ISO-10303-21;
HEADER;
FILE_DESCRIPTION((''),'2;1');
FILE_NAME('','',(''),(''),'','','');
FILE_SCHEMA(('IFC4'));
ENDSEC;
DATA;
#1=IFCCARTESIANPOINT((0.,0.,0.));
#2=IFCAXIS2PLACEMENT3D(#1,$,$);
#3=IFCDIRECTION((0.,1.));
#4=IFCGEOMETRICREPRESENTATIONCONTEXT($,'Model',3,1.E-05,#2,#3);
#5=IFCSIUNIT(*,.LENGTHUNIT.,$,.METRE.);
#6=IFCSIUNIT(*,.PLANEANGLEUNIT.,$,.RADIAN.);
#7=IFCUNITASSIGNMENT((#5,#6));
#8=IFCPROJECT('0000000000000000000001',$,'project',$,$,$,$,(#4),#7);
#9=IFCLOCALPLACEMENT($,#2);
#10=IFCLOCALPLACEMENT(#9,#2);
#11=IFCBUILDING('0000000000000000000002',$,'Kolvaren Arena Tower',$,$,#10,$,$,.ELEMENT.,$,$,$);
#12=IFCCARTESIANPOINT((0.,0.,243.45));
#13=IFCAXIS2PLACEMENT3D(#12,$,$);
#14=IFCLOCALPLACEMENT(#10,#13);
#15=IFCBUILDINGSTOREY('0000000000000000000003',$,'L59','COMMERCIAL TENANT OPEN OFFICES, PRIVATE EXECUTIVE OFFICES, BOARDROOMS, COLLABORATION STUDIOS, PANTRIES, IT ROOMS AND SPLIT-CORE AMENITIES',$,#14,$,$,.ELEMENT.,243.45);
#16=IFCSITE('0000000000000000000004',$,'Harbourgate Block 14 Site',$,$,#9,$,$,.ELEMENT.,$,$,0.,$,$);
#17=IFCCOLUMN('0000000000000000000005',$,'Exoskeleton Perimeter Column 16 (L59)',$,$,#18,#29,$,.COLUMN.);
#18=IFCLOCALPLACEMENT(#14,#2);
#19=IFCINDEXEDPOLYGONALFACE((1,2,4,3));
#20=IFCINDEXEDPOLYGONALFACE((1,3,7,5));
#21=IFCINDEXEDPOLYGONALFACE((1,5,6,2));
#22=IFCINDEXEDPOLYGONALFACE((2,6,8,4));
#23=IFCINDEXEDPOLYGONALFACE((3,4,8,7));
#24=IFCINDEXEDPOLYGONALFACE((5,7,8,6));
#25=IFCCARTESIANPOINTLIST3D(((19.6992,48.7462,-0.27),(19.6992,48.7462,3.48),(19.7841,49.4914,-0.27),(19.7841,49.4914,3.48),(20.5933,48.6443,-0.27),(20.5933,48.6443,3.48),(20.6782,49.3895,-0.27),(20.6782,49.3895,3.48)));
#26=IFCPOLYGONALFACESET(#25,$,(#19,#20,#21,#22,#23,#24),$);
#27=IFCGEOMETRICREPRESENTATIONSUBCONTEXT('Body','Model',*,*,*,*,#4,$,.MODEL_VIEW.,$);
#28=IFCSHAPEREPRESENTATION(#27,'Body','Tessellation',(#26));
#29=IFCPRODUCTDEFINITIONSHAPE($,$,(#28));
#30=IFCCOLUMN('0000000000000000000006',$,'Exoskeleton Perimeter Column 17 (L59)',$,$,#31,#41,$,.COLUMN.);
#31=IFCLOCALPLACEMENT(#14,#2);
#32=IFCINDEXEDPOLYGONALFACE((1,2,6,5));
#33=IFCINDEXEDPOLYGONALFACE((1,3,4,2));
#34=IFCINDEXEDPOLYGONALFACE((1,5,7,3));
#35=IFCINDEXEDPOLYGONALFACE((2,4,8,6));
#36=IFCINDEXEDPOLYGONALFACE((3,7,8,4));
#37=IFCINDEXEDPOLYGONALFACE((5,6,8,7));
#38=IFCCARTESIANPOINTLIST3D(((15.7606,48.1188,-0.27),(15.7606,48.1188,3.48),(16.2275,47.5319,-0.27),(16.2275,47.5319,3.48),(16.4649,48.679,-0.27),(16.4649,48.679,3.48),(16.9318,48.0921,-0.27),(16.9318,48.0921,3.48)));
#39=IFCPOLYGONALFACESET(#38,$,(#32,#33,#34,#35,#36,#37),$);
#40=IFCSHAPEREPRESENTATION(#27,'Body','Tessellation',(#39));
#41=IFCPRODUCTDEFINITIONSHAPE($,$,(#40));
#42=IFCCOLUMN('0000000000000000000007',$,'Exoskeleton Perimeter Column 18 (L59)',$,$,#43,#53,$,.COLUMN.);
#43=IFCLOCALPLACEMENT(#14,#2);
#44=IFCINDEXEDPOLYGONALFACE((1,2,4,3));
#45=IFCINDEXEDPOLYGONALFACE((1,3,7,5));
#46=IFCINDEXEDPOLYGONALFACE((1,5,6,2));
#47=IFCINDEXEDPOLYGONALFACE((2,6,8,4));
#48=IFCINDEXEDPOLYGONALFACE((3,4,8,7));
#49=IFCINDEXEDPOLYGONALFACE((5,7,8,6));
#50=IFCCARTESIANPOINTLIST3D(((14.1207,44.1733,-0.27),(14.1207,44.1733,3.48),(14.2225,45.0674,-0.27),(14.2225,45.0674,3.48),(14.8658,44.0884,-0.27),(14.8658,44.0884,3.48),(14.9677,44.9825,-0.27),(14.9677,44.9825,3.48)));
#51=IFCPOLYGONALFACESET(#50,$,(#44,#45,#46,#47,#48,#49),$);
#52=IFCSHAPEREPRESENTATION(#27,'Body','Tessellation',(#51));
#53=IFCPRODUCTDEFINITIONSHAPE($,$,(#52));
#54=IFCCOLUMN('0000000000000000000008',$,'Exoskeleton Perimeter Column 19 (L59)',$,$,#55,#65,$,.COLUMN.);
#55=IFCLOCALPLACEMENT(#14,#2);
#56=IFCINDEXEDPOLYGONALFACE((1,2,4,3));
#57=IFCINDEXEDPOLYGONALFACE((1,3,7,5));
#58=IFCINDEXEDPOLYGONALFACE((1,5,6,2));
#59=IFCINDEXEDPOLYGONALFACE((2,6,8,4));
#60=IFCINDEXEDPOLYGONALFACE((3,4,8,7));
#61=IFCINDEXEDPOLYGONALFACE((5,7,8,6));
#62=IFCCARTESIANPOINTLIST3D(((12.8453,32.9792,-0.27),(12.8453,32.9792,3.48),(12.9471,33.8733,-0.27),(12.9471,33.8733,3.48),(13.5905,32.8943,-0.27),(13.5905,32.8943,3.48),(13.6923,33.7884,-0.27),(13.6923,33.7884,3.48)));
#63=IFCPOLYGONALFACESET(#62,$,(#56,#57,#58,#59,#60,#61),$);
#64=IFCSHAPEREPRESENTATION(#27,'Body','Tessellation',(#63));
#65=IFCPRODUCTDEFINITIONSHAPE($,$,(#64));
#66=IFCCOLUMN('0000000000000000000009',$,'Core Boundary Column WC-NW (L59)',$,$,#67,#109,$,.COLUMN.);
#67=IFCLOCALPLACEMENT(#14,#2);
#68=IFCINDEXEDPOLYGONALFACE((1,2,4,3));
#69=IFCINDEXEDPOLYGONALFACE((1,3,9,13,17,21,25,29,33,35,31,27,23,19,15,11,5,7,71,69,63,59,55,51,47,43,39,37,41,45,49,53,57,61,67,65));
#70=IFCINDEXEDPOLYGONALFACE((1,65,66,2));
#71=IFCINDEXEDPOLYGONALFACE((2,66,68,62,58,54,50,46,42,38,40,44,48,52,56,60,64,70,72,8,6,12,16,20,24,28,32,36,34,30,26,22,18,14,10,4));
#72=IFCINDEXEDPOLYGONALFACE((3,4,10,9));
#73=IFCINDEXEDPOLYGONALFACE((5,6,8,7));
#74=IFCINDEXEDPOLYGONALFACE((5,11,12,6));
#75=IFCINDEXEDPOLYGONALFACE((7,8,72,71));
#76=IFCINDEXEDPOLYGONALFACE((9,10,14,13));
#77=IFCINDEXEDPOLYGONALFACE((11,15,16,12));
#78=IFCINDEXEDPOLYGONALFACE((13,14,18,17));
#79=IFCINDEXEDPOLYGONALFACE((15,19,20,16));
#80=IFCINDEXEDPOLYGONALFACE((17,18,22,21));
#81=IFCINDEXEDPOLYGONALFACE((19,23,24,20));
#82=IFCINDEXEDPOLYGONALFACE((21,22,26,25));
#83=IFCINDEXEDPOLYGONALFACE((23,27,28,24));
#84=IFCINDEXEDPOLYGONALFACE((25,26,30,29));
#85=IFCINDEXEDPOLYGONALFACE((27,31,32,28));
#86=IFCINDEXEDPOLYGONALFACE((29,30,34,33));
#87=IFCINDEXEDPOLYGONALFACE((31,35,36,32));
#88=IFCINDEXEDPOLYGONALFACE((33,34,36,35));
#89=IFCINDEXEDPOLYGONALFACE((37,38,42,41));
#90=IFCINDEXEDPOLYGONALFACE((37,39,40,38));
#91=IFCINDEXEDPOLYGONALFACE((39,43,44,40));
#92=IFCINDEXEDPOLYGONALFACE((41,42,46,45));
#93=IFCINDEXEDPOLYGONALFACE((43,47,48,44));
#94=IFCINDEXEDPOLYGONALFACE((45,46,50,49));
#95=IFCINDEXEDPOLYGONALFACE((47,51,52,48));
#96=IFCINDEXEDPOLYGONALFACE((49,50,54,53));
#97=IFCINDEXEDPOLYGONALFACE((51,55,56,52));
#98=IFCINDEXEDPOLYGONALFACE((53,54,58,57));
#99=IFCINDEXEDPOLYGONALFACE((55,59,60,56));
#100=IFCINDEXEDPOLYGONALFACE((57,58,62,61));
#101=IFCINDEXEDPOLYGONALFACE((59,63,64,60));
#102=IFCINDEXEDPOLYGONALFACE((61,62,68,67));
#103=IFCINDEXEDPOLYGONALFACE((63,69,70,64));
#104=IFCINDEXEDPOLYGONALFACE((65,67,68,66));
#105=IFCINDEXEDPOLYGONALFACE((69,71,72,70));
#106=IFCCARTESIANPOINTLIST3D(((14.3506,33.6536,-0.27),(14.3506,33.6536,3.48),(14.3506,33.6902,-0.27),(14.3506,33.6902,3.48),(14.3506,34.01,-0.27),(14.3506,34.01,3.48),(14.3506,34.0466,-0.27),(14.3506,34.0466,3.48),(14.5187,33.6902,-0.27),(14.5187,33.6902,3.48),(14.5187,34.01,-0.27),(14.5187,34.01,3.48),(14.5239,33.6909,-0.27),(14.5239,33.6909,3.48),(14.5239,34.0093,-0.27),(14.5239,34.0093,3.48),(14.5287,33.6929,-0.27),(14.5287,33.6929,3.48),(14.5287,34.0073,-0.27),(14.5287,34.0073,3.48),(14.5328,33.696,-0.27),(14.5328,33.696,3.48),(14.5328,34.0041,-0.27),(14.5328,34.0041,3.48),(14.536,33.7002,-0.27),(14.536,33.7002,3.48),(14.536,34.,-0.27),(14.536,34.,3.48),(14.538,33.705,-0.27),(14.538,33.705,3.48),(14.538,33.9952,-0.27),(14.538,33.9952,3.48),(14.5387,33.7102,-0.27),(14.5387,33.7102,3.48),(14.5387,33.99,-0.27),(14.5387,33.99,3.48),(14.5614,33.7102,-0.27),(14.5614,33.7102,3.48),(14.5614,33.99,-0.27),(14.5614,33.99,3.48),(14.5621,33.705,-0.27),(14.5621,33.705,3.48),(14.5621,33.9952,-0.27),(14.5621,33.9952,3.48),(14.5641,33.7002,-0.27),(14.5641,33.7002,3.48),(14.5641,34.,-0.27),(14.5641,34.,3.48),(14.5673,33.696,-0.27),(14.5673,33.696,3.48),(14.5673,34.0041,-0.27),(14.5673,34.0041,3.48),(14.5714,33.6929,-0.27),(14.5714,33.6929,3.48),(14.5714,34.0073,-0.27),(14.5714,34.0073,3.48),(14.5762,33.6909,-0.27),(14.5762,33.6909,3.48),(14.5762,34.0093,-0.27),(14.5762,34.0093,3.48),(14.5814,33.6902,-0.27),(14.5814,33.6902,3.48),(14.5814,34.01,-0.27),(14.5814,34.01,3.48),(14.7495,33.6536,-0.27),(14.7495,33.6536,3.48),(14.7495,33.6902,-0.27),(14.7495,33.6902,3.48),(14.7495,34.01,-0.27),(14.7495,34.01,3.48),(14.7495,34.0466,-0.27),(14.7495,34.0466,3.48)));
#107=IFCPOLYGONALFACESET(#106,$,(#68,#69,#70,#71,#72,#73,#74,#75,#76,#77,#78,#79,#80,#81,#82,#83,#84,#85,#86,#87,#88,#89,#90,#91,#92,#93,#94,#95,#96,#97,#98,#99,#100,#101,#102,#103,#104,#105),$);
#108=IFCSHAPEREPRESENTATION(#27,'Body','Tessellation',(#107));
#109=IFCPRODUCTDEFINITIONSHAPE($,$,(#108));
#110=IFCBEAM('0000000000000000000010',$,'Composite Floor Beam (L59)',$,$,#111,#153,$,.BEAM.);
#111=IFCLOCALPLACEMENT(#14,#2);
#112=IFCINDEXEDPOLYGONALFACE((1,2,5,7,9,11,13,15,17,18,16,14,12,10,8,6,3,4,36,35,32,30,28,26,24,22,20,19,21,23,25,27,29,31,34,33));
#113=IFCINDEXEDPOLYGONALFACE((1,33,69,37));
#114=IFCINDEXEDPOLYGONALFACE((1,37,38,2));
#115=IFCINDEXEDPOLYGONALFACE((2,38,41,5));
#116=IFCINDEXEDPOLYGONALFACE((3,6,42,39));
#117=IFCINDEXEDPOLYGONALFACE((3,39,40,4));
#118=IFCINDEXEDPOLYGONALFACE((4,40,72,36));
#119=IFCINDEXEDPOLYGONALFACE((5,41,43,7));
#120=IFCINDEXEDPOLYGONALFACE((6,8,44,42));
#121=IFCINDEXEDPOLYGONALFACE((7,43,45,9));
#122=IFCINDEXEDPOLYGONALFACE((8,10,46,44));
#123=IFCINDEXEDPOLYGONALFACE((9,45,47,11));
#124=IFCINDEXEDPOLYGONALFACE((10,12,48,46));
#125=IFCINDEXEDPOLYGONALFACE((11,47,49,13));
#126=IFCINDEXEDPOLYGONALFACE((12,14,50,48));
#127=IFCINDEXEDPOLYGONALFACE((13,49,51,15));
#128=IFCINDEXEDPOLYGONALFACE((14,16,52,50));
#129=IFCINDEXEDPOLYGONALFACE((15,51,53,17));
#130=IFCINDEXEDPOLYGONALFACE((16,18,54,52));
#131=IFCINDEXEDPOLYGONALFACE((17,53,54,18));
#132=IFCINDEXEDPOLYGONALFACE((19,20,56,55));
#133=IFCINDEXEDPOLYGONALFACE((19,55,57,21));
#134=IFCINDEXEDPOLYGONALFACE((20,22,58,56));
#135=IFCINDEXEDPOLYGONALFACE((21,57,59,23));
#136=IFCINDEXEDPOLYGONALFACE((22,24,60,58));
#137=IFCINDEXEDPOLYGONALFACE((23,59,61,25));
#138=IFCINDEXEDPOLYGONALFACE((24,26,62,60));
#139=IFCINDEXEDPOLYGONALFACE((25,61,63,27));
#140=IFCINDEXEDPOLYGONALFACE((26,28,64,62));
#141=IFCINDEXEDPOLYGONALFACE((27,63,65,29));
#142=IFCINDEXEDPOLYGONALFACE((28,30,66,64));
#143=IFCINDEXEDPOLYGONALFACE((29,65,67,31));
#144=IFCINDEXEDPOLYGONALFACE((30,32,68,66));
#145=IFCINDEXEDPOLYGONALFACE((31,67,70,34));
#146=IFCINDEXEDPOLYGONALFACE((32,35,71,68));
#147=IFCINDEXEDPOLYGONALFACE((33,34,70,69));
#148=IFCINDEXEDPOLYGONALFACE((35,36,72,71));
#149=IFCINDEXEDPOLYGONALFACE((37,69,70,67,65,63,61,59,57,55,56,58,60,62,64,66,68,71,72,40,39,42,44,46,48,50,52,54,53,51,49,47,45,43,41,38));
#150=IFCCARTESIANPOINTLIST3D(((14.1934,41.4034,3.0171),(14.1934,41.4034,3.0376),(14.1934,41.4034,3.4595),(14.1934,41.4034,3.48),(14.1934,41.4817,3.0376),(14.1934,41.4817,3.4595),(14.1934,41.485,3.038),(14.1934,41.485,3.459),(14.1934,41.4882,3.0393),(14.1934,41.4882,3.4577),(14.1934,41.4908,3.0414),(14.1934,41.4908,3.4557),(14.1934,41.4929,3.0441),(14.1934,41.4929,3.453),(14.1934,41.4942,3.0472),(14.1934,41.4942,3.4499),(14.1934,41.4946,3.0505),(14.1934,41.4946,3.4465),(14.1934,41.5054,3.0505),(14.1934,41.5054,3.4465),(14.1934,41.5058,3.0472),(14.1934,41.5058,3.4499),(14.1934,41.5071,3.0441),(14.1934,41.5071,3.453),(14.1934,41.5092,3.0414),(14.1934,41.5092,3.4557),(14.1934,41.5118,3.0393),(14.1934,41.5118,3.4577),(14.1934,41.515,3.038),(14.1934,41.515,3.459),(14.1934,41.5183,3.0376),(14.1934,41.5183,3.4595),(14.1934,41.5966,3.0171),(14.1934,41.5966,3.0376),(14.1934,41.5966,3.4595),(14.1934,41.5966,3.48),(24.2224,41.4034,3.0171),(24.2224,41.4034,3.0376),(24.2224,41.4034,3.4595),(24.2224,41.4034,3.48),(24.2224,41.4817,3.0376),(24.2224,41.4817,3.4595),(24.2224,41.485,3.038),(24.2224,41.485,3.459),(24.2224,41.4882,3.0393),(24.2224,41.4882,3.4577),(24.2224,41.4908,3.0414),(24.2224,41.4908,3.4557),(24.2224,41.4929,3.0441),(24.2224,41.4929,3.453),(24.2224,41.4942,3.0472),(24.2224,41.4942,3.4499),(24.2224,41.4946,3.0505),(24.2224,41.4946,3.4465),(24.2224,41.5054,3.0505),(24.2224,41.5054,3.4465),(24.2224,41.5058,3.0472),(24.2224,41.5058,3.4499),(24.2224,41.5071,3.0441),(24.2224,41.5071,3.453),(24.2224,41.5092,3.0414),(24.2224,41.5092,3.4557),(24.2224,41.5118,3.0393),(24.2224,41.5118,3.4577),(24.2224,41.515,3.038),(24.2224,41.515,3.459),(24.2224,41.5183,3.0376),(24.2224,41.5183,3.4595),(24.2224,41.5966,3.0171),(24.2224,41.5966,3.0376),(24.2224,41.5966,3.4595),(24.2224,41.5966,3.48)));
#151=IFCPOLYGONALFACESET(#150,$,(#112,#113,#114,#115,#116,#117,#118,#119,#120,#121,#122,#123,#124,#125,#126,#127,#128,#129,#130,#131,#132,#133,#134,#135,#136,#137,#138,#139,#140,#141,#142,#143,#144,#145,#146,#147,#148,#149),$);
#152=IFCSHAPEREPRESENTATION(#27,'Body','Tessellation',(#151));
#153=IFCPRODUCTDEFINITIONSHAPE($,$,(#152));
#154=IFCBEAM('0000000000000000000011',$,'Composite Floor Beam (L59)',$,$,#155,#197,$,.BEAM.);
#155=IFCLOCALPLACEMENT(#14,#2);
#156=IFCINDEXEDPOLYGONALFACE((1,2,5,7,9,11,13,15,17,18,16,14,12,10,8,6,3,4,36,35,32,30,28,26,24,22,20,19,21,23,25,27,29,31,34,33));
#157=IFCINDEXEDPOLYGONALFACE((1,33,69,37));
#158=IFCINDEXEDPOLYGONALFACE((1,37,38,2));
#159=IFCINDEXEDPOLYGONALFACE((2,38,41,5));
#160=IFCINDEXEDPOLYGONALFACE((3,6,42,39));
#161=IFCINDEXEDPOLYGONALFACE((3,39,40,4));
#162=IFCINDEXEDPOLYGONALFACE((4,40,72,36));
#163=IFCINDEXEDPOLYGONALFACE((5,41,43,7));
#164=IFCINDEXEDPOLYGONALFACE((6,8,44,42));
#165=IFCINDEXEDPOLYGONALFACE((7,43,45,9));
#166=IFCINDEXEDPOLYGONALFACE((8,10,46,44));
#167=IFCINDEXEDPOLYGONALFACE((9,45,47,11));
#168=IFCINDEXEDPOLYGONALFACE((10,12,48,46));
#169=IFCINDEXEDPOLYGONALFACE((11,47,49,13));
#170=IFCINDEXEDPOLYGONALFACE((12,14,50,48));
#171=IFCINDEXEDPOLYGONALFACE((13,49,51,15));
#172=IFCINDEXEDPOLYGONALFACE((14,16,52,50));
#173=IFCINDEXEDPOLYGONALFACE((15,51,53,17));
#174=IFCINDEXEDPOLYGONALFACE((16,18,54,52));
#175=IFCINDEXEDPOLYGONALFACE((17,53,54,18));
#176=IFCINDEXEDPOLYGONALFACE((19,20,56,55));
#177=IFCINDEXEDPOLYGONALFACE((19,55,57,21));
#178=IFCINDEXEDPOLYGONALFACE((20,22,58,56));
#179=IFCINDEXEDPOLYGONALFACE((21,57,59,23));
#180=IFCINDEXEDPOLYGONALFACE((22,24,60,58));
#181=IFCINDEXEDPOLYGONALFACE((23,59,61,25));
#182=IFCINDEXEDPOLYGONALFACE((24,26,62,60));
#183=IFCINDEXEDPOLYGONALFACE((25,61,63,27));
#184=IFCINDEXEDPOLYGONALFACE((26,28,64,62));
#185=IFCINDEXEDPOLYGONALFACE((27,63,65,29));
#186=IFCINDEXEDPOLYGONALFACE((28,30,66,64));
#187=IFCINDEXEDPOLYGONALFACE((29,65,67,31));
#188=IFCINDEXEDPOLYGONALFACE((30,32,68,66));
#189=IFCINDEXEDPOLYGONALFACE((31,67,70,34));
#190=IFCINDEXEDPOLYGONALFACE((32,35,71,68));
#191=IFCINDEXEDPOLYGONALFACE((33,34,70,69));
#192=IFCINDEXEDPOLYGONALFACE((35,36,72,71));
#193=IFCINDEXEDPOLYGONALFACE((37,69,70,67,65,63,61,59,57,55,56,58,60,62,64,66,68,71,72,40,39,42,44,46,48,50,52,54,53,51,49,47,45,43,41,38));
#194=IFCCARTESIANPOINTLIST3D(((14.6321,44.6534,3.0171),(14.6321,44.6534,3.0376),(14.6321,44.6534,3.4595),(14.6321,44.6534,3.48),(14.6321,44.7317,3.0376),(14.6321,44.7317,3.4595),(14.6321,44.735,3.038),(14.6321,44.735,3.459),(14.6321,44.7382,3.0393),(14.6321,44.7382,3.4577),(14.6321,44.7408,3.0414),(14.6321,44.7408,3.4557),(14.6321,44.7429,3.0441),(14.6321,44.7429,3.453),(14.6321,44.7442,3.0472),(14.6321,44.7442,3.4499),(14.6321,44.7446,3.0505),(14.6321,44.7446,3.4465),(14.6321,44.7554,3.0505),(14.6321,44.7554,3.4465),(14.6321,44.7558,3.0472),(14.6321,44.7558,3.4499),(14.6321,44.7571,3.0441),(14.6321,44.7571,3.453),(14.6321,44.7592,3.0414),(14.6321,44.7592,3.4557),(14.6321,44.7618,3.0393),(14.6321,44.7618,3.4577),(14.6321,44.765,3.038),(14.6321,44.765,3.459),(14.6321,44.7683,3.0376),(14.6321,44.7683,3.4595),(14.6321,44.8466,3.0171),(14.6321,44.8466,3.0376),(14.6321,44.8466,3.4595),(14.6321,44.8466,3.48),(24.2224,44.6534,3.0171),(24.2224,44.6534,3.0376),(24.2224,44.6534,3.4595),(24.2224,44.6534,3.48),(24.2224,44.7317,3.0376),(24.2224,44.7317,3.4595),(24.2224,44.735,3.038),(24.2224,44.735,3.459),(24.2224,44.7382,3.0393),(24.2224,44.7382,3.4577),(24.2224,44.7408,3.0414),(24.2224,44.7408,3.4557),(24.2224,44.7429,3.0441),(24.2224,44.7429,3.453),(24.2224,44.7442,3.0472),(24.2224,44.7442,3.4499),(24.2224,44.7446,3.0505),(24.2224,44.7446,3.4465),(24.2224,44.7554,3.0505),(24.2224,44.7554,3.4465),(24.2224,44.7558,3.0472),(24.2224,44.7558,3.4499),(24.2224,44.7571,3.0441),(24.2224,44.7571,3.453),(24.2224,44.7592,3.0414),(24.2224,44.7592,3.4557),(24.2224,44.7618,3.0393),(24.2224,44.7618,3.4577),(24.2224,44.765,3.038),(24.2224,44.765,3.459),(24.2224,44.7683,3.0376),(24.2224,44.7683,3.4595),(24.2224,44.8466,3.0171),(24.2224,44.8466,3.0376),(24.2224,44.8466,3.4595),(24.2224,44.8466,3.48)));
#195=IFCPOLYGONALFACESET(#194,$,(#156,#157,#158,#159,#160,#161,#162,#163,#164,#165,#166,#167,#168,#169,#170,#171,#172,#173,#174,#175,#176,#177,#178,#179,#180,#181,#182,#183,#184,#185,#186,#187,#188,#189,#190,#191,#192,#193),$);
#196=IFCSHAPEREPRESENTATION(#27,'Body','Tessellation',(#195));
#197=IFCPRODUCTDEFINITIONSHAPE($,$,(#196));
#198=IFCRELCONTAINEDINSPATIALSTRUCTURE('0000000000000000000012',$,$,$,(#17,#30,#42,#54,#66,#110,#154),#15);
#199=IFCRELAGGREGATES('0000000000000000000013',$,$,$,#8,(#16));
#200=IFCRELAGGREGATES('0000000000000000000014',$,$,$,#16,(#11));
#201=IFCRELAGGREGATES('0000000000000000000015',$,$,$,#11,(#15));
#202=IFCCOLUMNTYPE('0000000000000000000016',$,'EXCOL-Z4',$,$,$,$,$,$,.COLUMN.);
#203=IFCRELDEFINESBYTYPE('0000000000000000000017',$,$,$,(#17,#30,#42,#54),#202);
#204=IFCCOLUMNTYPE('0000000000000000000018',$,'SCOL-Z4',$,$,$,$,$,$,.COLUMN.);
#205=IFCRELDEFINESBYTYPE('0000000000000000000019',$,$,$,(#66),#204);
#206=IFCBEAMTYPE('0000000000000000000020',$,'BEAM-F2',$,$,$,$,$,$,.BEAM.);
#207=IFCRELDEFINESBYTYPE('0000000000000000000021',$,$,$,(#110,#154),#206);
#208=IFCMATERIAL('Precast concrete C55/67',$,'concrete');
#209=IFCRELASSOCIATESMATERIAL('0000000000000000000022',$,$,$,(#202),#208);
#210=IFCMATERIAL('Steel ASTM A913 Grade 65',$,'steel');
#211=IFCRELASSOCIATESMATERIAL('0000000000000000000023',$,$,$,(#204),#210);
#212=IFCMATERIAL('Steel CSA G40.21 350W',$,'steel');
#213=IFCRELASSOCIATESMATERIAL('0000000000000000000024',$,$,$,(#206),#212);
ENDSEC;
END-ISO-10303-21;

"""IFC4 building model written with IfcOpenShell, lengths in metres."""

from ifc_helpers import new_model, si_unit, direction, frame, origin, origin_2d, place, context, subcontext, project, spatial, rectangle, i_section, extrude, material, material_profile, profile_set, type_object, element, save


model = new_model("IFC4")

# Units and contexts
model_context = context("Model", 3, precision=1e-05, world=origin(), true_north=direction((0.0, 1.0)))
body_context = subcontext(model_context, "Body", "Model", "MODEL_VIEW")
ifc_project = project(units=[si_unit("LENGTHUNIT", "METRE"), si_unit("PLANEANGLEUNIT", "RADIAN")], contexts=[model_context])

# Site, building, storey
site_placement = place(None, origin())
site = spatial("IfcSite", under=ifc_project, at=site_placement, Name="Harbourgate Block 14 Site", CompositionType="ELEMENT", RefElevation=0.0)
building_placement = place(site_placement, origin())
building = spatial("IfcBuilding", under=site, at=building_placement, Name="Kolvaren Arena Tower", CompositionType="ELEMENT")
storey_placement = place(building_placement, frame((0.0, 0.0, 243.45)))
storey = spatial("IfcBuildingStorey", under=building, at=storey_placement, Name="L59", Description="COMMERCIAL TENANT OPEN OFFICES, PRIVATE EXECUTIVE OFFICES, BOARDROOMS, COLLABORATION STUDIOS, PANTRIES, IT ROOMS AND SPLIT-CORE AMENITIES", CompositionType="ELEMENT", Elevation=243.45)

# Columns
ifc_material_1 = material(Name="Precast concrete C55/67", Category="concrete")
ifc_material_profile_1 = material_profile(ifc_material_1, rectangle(XDim=0.8999, YDim=0.75, at=origin_2d()), Name="RC-900x750")
ifc_profile_set_1 = profile_set([ifc_material_profile_1], Name="Precast concrete C55/67")
column_type_1 = type_object("IfcColumnType", Name="EXCOL-Z4", PredefinedType="COLUMN", material=ifc_profile_set_1)
for number, where, z_axis, x_axis, name in (
    (1, (20.1887, 49.0679, -0.27), (0.0, 0.0, 1.0), (0.993572, -0.113203, 0.0), "Exoskeleton Perimeter Column 16 (L59)"),
    (2, (16.3462, 48.1055, -0.27), (0.0, 0.0, 1.0), (0.782608, 0.622515, 0.0), "Exoskeleton Perimeter Column 17 (L59)"),
    (3, (14.5442, 44.5779, -0.27), (0.0, 0.0, 1.0), (0.113203, 0.993572, 0.0), "Exoskeleton Perimeter Column 18 (L59)"),
    (4, (13.2688, 33.3838, -0.27), (0.0, 0.0, 1.0), (0.113203, 0.993572, 0.0), "Exoskeleton Perimeter Column 19 (L59)"),
):
    element("IfcColumn", number, at=place(storey_placement, frame(where, z_axis=z_axis, x_axis=x_axis)), inside=storey, type_object=column_type_1, Name=name, PredefinedType="COLUMN", context=body_context, shape_type="SweptSolid", body=[
        extrude(rectangle(XDim=0.8999, YDim=0.75, at=origin_2d()), origin(), (0.0, 0.0, 1.0), 3.75),
    ])
ifc_material_2 = material(Name="Steel ASTM A913 Grade 65", Category="steel")
ifc_material_profile_2 = material_profile(ifc_material_2, i_section(OverallWidth=0.3989, OverallDepth=0.3931, WebThickness=0.0227, FlangeThickness=0.0366, FilletRadius=0.02, at=origin_2d()), Name="W360x287")
ifc_profile_set_2 = profile_set([ifc_material_profile_2], Name="Steel ASTM A913 Grade 65")
column_type_2 = type_object("IfcColumnType", Name="SCOL-Z4", PredefinedType="COLUMN", material=ifc_profile_set_2)
column_placement = place(storey_placement, frame((14.55, 33.8501, -0.27), z_axis=(0.0, 0.0, 1.0), x_axis=(1.0, 0.0, 0.0)))
element("IfcColumn", 5, at=column_placement, inside=storey, type_object=column_type_2, Name="Core Boundary Column WC-NW (L59)", PredefinedType="COLUMN", context=body_context, shape_type="SweptSolid", body=[
    extrude(i_section(OverallWidth=0.3989, OverallDepth=0.3931, WebThickness=0.0227, FlangeThickness=0.0366, FilletRadius=0.02, at=origin_2d()), origin(), (0.0, 0.0, 1.0), 3.75),
])

# Beams
ifc_material_3 = material(Name="Steel CSA G40.21 350W", Category="steel")
ifc_material_profile_3 = material_profile(ifc_material_3, i_section(OverallWidth=0.1931, OverallDepth=0.4629, WebThickness=0.0107, FlangeThickness=0.0205, FilletRadius=0.0129, at=origin_2d()), Name="W460x113")
ifc_profile_set_3 = profile_set([ifc_material_profile_3], Name="Steel CSA G40.21 350W")
beam_type_1 = type_object("IfcBeamType", Name="BEAM-F2", PredefinedType="BEAM", material=ifc_profile_set_3)
beam_1_placement = place(storey_placement, frame((14.1934, 41.5, 3.2485), z_axis=(1.0, 0.0, 0.0), x_axis=(0.0, 1.0, 0.0)))
element("IfcBeam", 6, at=beam_1_placement, inside=storey, type_object=beam_type_1, Name="Composite Floor Beam (L59)", PredefinedType="BEAM", context=body_context, shape_type="SweptSolid", body=[
    extrude(i_section(OverallWidth=0.1931, OverallDepth=0.4629, WebThickness=0.0107, FlangeThickness=0.0205, FilletRadius=0.0129, at=origin_2d()), origin(), (0.0, 0.0, 1.0), 10.0291),
])
beam_2_placement = place(storey_placement, frame((14.6321, 44.75, 3.2485), z_axis=(1.0, 0.0, 0.0), x_axis=(0.0, 1.0, 0.0)))
element("IfcBeam", 7, at=beam_2_placement, inside=storey, type_object=beam_type_1, Name="Composite Floor Beam (L59)", PredefinedType="BEAM", context=body_context, shape_type="SweptSolid", body=[
    extrude(i_section(OverallWidth=0.1931, OverallDepth=0.4629, WebThickness=0.0107, FlangeThickness=0.0205, FilletRadius=0.0129, at=origin_2d()), origin(), (0.0, 0.0, 1.0), 9.5903),
])

save(model, "model.ifc")
